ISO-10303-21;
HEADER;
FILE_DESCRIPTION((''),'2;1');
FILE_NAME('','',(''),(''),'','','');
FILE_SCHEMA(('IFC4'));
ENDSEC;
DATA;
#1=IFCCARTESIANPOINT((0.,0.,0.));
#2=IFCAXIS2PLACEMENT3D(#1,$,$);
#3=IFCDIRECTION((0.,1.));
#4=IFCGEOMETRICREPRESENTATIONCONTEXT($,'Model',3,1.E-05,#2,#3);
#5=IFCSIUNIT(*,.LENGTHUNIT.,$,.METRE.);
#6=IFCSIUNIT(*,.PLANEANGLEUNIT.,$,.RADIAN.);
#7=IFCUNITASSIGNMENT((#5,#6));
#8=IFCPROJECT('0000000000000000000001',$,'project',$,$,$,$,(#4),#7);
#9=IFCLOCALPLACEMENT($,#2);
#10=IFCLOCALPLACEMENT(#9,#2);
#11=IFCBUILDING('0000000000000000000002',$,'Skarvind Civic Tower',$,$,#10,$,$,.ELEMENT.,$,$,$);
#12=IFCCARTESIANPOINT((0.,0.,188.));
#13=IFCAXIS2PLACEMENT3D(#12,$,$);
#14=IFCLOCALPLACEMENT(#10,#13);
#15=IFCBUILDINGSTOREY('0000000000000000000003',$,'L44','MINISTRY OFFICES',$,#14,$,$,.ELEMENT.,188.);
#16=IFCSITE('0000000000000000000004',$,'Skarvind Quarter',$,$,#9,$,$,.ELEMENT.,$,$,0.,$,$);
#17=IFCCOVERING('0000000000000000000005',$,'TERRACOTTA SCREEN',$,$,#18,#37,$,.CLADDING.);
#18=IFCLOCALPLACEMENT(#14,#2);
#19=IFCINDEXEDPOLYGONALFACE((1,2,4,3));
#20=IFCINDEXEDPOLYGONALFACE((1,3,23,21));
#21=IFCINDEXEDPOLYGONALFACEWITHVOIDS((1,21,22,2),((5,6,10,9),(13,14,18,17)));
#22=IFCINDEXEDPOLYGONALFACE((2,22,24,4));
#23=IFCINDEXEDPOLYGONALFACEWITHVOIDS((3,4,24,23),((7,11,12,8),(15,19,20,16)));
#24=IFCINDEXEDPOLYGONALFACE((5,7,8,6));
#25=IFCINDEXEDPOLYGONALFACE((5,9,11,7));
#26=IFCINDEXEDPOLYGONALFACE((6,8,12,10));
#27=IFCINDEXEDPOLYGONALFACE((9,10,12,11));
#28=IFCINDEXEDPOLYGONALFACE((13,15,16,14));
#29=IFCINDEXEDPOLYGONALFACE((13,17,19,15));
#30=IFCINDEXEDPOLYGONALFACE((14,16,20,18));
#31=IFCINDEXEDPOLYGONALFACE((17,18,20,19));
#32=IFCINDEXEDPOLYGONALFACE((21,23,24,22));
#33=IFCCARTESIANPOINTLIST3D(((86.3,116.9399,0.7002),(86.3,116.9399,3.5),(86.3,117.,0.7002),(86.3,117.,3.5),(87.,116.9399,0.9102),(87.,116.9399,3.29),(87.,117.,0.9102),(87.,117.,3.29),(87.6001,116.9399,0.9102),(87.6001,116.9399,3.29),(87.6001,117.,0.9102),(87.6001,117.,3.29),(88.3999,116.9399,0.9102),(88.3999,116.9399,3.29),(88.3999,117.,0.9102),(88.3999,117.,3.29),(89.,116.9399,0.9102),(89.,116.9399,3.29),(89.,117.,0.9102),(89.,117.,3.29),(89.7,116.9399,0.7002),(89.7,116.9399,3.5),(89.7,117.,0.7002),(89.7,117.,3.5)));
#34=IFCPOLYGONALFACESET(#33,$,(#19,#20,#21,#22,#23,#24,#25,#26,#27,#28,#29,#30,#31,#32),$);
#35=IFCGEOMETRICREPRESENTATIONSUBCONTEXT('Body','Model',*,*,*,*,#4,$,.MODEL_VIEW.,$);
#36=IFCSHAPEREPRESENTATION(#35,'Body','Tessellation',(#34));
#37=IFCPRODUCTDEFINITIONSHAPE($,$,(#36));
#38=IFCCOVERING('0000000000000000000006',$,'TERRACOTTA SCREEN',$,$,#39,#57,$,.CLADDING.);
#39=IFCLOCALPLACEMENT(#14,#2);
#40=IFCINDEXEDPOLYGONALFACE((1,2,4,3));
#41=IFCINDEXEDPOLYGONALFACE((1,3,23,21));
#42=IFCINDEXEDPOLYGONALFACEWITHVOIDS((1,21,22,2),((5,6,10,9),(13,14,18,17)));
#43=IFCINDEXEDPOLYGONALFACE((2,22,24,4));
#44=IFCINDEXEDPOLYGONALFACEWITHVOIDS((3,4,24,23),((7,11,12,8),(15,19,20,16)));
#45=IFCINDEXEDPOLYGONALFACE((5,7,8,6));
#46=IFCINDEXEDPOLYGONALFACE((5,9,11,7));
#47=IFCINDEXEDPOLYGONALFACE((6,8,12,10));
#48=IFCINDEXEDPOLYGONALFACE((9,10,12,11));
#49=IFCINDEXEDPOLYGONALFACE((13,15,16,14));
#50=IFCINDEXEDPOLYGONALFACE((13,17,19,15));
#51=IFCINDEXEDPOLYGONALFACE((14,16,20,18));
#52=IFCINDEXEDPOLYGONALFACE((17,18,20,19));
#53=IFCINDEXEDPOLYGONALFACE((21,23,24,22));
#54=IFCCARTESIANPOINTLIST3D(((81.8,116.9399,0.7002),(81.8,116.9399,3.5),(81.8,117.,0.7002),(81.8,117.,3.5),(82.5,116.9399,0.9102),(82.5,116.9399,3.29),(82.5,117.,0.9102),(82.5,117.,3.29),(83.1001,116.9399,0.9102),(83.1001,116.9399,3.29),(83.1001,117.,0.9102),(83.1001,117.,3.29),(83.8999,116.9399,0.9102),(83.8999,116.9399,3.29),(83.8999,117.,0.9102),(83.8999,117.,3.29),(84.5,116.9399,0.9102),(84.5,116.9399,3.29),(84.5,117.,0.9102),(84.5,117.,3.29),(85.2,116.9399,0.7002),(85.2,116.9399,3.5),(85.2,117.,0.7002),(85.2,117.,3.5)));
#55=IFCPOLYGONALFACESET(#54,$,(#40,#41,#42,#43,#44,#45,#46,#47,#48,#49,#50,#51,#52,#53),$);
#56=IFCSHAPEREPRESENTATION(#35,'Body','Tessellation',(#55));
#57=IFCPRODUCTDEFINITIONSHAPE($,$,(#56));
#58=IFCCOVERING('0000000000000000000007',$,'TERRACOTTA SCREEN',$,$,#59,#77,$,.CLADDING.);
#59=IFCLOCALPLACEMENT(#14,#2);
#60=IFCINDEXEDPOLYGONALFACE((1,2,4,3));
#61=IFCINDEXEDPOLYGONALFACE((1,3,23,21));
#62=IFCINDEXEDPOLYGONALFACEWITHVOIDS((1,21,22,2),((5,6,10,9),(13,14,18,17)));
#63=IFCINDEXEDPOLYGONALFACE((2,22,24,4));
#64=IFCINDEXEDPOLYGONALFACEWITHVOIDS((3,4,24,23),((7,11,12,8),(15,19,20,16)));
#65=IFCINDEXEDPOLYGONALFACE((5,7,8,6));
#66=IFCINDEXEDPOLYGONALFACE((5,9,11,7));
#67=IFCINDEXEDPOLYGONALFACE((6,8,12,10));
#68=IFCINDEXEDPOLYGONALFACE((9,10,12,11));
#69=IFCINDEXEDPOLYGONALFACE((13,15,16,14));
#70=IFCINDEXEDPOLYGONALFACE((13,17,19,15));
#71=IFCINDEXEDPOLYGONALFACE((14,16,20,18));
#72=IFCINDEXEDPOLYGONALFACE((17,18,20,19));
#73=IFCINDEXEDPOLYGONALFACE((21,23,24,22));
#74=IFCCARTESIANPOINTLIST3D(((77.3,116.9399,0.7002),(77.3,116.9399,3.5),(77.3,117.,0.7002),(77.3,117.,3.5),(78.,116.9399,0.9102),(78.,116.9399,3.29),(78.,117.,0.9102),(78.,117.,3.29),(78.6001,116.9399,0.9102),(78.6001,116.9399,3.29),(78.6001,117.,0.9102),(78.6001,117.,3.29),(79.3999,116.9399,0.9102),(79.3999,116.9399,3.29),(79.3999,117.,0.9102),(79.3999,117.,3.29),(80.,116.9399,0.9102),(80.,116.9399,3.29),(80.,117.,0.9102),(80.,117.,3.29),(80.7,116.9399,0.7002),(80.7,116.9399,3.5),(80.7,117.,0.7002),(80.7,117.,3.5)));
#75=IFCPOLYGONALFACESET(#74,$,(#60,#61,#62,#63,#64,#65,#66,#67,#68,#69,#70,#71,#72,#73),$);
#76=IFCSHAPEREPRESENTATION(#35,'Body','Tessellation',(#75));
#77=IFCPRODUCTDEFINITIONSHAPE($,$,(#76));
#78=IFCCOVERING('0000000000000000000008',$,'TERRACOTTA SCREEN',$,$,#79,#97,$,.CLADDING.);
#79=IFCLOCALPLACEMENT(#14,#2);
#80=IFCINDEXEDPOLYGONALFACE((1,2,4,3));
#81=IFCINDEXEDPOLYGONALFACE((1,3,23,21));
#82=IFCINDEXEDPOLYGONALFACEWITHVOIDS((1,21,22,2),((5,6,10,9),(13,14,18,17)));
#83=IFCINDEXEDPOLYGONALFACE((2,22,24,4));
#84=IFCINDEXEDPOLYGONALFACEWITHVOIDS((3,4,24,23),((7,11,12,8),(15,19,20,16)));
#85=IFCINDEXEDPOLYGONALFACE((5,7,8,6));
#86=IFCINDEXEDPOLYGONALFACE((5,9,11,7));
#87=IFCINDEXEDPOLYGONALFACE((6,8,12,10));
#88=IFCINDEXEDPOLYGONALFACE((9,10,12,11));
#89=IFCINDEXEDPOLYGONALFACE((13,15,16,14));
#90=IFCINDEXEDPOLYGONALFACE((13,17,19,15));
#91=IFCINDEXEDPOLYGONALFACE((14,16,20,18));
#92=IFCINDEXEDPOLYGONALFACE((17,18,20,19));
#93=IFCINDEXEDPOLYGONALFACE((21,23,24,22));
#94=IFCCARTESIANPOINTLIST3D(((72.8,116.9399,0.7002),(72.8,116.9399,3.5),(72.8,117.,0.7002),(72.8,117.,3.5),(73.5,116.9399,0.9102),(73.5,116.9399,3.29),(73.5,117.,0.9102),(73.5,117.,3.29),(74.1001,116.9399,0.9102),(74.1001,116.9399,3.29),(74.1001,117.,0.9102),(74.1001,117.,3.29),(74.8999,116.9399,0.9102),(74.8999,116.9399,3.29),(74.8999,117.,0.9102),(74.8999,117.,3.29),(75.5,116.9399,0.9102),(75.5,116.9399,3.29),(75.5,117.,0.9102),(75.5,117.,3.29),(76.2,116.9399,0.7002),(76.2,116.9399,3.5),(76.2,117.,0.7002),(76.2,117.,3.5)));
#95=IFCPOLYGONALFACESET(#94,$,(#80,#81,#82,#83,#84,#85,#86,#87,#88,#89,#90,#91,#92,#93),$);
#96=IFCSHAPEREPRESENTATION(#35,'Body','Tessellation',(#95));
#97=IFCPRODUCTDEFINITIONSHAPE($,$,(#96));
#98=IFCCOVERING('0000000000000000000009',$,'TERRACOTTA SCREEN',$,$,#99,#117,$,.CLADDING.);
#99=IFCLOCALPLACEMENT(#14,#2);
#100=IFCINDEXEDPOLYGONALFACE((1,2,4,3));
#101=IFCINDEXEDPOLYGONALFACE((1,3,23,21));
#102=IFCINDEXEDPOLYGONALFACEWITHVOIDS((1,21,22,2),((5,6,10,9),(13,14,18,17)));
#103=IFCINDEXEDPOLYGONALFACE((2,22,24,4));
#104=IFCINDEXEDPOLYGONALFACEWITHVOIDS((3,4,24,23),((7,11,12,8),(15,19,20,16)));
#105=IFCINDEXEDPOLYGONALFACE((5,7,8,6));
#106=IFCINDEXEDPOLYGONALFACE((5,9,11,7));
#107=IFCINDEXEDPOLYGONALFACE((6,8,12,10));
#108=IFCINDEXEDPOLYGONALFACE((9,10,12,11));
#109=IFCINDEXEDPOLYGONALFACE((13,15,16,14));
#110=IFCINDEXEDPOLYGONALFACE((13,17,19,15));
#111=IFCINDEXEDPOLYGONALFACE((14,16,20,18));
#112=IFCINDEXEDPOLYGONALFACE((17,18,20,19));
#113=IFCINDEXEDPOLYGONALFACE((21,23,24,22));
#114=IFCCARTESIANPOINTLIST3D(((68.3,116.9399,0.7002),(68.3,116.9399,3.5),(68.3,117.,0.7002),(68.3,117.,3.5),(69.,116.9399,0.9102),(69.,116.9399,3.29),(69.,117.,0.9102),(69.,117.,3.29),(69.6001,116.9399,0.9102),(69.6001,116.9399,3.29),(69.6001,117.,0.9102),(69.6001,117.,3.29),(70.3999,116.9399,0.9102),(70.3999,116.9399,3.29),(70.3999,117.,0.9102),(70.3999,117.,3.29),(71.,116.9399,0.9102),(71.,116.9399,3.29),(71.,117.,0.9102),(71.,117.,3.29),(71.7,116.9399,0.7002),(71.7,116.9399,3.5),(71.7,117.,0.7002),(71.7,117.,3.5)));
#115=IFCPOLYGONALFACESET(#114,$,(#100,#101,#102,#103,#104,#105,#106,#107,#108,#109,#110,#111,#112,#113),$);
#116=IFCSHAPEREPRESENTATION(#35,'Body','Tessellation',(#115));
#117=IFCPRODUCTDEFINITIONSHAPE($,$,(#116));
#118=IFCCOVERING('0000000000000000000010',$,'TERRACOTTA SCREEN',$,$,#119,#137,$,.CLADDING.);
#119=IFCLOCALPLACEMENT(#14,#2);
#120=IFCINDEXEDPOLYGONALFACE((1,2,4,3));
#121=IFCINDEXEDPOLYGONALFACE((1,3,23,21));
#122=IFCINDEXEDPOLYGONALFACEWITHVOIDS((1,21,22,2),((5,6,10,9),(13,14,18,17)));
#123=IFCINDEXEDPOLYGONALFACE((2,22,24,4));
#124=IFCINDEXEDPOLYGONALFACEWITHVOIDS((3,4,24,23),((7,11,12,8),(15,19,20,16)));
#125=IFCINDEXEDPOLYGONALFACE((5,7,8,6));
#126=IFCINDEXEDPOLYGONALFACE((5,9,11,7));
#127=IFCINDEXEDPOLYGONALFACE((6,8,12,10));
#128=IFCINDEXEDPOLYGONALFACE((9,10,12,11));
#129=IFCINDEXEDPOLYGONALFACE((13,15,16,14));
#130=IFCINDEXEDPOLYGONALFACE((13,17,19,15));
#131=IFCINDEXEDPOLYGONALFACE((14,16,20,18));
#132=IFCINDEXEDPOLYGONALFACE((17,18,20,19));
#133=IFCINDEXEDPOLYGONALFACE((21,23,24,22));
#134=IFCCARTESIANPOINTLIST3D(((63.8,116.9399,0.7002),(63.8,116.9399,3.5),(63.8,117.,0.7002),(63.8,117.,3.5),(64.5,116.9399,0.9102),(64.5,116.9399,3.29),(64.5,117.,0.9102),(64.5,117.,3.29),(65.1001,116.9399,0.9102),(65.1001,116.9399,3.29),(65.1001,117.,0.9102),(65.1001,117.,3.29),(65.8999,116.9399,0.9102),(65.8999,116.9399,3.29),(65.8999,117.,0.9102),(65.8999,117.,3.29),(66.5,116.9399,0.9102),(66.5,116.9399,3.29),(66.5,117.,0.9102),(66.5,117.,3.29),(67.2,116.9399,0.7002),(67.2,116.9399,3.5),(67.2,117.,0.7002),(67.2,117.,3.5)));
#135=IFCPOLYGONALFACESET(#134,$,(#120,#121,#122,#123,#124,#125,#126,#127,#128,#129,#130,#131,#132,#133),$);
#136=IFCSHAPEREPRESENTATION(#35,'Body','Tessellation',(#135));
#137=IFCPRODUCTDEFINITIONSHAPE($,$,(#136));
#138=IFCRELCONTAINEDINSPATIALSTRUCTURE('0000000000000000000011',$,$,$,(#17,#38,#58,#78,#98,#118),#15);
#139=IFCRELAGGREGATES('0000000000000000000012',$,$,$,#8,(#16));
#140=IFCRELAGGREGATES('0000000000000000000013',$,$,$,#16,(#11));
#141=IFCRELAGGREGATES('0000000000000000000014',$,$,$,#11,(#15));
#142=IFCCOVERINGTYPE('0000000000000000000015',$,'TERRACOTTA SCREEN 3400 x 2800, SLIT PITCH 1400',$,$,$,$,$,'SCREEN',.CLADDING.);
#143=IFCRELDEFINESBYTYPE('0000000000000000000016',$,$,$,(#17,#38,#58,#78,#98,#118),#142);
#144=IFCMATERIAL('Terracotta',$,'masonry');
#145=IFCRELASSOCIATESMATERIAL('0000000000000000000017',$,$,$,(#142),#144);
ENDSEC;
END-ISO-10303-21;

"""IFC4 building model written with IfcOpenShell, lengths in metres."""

from ifc_helpers import new_model, si_unit, direction, frame, origin, place, context, subcontext, project, spatial, polyline, outline, extrude, material, material_profile, profile_set, type_object, element, save


model = new_model("IFC4")

# Units and contexts
model_context = context("Model", 3, precision=1e-05, world=origin(), true_north=direction((0.0, 1.0)))
body_context = subcontext(model_context, "Body", "Model", "MODEL_VIEW")
ifc_project = project(units=[si_unit("LENGTHUNIT", "METRE"), si_unit("PLANEANGLEUNIT", "RADIAN")], contexts=[model_context])

# Site, building, storey
site_placement = place(None, origin())
site = spatial("IfcSite", under=ifc_project, at=site_placement, Name="Skarvind Quarter", CompositionType="ELEMENT", RefElevation=0.0)
building_placement = place(site_placement, origin())
building = spatial("IfcBuilding", under=site, at=building_placement, Name="Skarvind Civic Tower", CompositionType="ELEMENT")
storey_placement = place(building_placement, frame((0.0, 0.0, 188.0)))
storey = spatial("IfcBuildingStorey", under=building, at=storey_placement, Name="L44", Description="MINISTRY OFFICES", CompositionType="ELEMENT", Elevation=188.0)

# Coverings
ifc_material_1 = material(Name="Terracotta", Category="masonry")
ifc_material_profile_1 = material_profile(ifc_material_1, outline(polyline([(-1.7, -1.3999), (1.7, -1.3999), (1.7, 1.3999), (-1.7, 1.3999), (-1.7, -1.3999)]), holes=[polyline([(-1.0, -1.1899), (-0.3999, -1.1899), (-0.3999, 1.1899), (-1.0, 1.1899), (-1.0, -1.1899)]), polyline([(0.3999, -1.1899), (1.0, -1.1899), (1.0, 1.1899), (0.3999, 1.1899), (0.3999, -1.1899)])]), Name="TERRACOTTA SCREEN 3400 x 2800, SLIT PITCH 1400")
ifc_profile_set_1 = profile_set([ifc_material_profile_1], Name="Terracotta")
covering_type = type_object("IfcCoveringType", Name="TERRACOTTA SCREEN 3400 x 2800, SLIT PITCH 1400", ElementType="SCREEN", PredefinedType="CLADDING", material=ifc_profile_set_1)
for number, where, z_axis, x_axis, name in (
    (1, (88.0, 117.0, 2.1001), (0.0, -1.0, 0.0), (1.0, 0.0, 0.0), "TERRACOTTA SCREEN"),
    (2, (83.5, 117.0, 2.1001), (0.0, -1.0, 0.0), (1.0, 0.0, 0.0), "TERRACOTTA SCREEN"),
    (3, (79.0, 117.0, 2.1001), (0.0, -1.0, 0.0), (1.0, 0.0, 0.0), "TERRACOTTA SCREEN"),
    (4, (74.5, 117.0, 2.1001), (0.0, -1.0, 0.0), (1.0, 0.0, 0.0), "TERRACOTTA SCREEN"),
    (5, (70.0, 117.0, 2.1001), (0.0, -1.0, 0.0), (1.0, 0.0, 0.0), "TERRACOTTA SCREEN"),
    (6, (65.5, 117.0, 2.1001), (0.0, -1.0, 0.0), (1.0, 0.0, 0.0), "TERRACOTTA SCREEN"),
):
    element("IfcCovering", number, at=place(storey_placement, frame(where, z_axis=z_axis, x_axis=x_axis)), inside=storey, type_object=covering_type, Name=name, PredefinedType="CLADDING", context=body_context, shape_type="SweptSolid", body=[
        extrude(outline(polyline([(-1.7, -1.3999), (1.7, -1.3999), (1.7, 1.3999), (-1.7, 1.3999), (-1.7, -1.3999)]), holes=[polyline([(-1.0, -1.1899), (-0.3999, -1.1899), (-0.3999, 1.1899), (-1.0, 1.1899), (-1.0, -1.1899)]), polyline([(0.3999, -1.1899), (1.0, -1.1899), (1.0, 1.1899), (0.3999, 1.1899), (0.3999, -1.1899)])]), origin(), (0.0, 0.0, 1.0), 0.0601),
    ])

save(model, "model.ifc")
